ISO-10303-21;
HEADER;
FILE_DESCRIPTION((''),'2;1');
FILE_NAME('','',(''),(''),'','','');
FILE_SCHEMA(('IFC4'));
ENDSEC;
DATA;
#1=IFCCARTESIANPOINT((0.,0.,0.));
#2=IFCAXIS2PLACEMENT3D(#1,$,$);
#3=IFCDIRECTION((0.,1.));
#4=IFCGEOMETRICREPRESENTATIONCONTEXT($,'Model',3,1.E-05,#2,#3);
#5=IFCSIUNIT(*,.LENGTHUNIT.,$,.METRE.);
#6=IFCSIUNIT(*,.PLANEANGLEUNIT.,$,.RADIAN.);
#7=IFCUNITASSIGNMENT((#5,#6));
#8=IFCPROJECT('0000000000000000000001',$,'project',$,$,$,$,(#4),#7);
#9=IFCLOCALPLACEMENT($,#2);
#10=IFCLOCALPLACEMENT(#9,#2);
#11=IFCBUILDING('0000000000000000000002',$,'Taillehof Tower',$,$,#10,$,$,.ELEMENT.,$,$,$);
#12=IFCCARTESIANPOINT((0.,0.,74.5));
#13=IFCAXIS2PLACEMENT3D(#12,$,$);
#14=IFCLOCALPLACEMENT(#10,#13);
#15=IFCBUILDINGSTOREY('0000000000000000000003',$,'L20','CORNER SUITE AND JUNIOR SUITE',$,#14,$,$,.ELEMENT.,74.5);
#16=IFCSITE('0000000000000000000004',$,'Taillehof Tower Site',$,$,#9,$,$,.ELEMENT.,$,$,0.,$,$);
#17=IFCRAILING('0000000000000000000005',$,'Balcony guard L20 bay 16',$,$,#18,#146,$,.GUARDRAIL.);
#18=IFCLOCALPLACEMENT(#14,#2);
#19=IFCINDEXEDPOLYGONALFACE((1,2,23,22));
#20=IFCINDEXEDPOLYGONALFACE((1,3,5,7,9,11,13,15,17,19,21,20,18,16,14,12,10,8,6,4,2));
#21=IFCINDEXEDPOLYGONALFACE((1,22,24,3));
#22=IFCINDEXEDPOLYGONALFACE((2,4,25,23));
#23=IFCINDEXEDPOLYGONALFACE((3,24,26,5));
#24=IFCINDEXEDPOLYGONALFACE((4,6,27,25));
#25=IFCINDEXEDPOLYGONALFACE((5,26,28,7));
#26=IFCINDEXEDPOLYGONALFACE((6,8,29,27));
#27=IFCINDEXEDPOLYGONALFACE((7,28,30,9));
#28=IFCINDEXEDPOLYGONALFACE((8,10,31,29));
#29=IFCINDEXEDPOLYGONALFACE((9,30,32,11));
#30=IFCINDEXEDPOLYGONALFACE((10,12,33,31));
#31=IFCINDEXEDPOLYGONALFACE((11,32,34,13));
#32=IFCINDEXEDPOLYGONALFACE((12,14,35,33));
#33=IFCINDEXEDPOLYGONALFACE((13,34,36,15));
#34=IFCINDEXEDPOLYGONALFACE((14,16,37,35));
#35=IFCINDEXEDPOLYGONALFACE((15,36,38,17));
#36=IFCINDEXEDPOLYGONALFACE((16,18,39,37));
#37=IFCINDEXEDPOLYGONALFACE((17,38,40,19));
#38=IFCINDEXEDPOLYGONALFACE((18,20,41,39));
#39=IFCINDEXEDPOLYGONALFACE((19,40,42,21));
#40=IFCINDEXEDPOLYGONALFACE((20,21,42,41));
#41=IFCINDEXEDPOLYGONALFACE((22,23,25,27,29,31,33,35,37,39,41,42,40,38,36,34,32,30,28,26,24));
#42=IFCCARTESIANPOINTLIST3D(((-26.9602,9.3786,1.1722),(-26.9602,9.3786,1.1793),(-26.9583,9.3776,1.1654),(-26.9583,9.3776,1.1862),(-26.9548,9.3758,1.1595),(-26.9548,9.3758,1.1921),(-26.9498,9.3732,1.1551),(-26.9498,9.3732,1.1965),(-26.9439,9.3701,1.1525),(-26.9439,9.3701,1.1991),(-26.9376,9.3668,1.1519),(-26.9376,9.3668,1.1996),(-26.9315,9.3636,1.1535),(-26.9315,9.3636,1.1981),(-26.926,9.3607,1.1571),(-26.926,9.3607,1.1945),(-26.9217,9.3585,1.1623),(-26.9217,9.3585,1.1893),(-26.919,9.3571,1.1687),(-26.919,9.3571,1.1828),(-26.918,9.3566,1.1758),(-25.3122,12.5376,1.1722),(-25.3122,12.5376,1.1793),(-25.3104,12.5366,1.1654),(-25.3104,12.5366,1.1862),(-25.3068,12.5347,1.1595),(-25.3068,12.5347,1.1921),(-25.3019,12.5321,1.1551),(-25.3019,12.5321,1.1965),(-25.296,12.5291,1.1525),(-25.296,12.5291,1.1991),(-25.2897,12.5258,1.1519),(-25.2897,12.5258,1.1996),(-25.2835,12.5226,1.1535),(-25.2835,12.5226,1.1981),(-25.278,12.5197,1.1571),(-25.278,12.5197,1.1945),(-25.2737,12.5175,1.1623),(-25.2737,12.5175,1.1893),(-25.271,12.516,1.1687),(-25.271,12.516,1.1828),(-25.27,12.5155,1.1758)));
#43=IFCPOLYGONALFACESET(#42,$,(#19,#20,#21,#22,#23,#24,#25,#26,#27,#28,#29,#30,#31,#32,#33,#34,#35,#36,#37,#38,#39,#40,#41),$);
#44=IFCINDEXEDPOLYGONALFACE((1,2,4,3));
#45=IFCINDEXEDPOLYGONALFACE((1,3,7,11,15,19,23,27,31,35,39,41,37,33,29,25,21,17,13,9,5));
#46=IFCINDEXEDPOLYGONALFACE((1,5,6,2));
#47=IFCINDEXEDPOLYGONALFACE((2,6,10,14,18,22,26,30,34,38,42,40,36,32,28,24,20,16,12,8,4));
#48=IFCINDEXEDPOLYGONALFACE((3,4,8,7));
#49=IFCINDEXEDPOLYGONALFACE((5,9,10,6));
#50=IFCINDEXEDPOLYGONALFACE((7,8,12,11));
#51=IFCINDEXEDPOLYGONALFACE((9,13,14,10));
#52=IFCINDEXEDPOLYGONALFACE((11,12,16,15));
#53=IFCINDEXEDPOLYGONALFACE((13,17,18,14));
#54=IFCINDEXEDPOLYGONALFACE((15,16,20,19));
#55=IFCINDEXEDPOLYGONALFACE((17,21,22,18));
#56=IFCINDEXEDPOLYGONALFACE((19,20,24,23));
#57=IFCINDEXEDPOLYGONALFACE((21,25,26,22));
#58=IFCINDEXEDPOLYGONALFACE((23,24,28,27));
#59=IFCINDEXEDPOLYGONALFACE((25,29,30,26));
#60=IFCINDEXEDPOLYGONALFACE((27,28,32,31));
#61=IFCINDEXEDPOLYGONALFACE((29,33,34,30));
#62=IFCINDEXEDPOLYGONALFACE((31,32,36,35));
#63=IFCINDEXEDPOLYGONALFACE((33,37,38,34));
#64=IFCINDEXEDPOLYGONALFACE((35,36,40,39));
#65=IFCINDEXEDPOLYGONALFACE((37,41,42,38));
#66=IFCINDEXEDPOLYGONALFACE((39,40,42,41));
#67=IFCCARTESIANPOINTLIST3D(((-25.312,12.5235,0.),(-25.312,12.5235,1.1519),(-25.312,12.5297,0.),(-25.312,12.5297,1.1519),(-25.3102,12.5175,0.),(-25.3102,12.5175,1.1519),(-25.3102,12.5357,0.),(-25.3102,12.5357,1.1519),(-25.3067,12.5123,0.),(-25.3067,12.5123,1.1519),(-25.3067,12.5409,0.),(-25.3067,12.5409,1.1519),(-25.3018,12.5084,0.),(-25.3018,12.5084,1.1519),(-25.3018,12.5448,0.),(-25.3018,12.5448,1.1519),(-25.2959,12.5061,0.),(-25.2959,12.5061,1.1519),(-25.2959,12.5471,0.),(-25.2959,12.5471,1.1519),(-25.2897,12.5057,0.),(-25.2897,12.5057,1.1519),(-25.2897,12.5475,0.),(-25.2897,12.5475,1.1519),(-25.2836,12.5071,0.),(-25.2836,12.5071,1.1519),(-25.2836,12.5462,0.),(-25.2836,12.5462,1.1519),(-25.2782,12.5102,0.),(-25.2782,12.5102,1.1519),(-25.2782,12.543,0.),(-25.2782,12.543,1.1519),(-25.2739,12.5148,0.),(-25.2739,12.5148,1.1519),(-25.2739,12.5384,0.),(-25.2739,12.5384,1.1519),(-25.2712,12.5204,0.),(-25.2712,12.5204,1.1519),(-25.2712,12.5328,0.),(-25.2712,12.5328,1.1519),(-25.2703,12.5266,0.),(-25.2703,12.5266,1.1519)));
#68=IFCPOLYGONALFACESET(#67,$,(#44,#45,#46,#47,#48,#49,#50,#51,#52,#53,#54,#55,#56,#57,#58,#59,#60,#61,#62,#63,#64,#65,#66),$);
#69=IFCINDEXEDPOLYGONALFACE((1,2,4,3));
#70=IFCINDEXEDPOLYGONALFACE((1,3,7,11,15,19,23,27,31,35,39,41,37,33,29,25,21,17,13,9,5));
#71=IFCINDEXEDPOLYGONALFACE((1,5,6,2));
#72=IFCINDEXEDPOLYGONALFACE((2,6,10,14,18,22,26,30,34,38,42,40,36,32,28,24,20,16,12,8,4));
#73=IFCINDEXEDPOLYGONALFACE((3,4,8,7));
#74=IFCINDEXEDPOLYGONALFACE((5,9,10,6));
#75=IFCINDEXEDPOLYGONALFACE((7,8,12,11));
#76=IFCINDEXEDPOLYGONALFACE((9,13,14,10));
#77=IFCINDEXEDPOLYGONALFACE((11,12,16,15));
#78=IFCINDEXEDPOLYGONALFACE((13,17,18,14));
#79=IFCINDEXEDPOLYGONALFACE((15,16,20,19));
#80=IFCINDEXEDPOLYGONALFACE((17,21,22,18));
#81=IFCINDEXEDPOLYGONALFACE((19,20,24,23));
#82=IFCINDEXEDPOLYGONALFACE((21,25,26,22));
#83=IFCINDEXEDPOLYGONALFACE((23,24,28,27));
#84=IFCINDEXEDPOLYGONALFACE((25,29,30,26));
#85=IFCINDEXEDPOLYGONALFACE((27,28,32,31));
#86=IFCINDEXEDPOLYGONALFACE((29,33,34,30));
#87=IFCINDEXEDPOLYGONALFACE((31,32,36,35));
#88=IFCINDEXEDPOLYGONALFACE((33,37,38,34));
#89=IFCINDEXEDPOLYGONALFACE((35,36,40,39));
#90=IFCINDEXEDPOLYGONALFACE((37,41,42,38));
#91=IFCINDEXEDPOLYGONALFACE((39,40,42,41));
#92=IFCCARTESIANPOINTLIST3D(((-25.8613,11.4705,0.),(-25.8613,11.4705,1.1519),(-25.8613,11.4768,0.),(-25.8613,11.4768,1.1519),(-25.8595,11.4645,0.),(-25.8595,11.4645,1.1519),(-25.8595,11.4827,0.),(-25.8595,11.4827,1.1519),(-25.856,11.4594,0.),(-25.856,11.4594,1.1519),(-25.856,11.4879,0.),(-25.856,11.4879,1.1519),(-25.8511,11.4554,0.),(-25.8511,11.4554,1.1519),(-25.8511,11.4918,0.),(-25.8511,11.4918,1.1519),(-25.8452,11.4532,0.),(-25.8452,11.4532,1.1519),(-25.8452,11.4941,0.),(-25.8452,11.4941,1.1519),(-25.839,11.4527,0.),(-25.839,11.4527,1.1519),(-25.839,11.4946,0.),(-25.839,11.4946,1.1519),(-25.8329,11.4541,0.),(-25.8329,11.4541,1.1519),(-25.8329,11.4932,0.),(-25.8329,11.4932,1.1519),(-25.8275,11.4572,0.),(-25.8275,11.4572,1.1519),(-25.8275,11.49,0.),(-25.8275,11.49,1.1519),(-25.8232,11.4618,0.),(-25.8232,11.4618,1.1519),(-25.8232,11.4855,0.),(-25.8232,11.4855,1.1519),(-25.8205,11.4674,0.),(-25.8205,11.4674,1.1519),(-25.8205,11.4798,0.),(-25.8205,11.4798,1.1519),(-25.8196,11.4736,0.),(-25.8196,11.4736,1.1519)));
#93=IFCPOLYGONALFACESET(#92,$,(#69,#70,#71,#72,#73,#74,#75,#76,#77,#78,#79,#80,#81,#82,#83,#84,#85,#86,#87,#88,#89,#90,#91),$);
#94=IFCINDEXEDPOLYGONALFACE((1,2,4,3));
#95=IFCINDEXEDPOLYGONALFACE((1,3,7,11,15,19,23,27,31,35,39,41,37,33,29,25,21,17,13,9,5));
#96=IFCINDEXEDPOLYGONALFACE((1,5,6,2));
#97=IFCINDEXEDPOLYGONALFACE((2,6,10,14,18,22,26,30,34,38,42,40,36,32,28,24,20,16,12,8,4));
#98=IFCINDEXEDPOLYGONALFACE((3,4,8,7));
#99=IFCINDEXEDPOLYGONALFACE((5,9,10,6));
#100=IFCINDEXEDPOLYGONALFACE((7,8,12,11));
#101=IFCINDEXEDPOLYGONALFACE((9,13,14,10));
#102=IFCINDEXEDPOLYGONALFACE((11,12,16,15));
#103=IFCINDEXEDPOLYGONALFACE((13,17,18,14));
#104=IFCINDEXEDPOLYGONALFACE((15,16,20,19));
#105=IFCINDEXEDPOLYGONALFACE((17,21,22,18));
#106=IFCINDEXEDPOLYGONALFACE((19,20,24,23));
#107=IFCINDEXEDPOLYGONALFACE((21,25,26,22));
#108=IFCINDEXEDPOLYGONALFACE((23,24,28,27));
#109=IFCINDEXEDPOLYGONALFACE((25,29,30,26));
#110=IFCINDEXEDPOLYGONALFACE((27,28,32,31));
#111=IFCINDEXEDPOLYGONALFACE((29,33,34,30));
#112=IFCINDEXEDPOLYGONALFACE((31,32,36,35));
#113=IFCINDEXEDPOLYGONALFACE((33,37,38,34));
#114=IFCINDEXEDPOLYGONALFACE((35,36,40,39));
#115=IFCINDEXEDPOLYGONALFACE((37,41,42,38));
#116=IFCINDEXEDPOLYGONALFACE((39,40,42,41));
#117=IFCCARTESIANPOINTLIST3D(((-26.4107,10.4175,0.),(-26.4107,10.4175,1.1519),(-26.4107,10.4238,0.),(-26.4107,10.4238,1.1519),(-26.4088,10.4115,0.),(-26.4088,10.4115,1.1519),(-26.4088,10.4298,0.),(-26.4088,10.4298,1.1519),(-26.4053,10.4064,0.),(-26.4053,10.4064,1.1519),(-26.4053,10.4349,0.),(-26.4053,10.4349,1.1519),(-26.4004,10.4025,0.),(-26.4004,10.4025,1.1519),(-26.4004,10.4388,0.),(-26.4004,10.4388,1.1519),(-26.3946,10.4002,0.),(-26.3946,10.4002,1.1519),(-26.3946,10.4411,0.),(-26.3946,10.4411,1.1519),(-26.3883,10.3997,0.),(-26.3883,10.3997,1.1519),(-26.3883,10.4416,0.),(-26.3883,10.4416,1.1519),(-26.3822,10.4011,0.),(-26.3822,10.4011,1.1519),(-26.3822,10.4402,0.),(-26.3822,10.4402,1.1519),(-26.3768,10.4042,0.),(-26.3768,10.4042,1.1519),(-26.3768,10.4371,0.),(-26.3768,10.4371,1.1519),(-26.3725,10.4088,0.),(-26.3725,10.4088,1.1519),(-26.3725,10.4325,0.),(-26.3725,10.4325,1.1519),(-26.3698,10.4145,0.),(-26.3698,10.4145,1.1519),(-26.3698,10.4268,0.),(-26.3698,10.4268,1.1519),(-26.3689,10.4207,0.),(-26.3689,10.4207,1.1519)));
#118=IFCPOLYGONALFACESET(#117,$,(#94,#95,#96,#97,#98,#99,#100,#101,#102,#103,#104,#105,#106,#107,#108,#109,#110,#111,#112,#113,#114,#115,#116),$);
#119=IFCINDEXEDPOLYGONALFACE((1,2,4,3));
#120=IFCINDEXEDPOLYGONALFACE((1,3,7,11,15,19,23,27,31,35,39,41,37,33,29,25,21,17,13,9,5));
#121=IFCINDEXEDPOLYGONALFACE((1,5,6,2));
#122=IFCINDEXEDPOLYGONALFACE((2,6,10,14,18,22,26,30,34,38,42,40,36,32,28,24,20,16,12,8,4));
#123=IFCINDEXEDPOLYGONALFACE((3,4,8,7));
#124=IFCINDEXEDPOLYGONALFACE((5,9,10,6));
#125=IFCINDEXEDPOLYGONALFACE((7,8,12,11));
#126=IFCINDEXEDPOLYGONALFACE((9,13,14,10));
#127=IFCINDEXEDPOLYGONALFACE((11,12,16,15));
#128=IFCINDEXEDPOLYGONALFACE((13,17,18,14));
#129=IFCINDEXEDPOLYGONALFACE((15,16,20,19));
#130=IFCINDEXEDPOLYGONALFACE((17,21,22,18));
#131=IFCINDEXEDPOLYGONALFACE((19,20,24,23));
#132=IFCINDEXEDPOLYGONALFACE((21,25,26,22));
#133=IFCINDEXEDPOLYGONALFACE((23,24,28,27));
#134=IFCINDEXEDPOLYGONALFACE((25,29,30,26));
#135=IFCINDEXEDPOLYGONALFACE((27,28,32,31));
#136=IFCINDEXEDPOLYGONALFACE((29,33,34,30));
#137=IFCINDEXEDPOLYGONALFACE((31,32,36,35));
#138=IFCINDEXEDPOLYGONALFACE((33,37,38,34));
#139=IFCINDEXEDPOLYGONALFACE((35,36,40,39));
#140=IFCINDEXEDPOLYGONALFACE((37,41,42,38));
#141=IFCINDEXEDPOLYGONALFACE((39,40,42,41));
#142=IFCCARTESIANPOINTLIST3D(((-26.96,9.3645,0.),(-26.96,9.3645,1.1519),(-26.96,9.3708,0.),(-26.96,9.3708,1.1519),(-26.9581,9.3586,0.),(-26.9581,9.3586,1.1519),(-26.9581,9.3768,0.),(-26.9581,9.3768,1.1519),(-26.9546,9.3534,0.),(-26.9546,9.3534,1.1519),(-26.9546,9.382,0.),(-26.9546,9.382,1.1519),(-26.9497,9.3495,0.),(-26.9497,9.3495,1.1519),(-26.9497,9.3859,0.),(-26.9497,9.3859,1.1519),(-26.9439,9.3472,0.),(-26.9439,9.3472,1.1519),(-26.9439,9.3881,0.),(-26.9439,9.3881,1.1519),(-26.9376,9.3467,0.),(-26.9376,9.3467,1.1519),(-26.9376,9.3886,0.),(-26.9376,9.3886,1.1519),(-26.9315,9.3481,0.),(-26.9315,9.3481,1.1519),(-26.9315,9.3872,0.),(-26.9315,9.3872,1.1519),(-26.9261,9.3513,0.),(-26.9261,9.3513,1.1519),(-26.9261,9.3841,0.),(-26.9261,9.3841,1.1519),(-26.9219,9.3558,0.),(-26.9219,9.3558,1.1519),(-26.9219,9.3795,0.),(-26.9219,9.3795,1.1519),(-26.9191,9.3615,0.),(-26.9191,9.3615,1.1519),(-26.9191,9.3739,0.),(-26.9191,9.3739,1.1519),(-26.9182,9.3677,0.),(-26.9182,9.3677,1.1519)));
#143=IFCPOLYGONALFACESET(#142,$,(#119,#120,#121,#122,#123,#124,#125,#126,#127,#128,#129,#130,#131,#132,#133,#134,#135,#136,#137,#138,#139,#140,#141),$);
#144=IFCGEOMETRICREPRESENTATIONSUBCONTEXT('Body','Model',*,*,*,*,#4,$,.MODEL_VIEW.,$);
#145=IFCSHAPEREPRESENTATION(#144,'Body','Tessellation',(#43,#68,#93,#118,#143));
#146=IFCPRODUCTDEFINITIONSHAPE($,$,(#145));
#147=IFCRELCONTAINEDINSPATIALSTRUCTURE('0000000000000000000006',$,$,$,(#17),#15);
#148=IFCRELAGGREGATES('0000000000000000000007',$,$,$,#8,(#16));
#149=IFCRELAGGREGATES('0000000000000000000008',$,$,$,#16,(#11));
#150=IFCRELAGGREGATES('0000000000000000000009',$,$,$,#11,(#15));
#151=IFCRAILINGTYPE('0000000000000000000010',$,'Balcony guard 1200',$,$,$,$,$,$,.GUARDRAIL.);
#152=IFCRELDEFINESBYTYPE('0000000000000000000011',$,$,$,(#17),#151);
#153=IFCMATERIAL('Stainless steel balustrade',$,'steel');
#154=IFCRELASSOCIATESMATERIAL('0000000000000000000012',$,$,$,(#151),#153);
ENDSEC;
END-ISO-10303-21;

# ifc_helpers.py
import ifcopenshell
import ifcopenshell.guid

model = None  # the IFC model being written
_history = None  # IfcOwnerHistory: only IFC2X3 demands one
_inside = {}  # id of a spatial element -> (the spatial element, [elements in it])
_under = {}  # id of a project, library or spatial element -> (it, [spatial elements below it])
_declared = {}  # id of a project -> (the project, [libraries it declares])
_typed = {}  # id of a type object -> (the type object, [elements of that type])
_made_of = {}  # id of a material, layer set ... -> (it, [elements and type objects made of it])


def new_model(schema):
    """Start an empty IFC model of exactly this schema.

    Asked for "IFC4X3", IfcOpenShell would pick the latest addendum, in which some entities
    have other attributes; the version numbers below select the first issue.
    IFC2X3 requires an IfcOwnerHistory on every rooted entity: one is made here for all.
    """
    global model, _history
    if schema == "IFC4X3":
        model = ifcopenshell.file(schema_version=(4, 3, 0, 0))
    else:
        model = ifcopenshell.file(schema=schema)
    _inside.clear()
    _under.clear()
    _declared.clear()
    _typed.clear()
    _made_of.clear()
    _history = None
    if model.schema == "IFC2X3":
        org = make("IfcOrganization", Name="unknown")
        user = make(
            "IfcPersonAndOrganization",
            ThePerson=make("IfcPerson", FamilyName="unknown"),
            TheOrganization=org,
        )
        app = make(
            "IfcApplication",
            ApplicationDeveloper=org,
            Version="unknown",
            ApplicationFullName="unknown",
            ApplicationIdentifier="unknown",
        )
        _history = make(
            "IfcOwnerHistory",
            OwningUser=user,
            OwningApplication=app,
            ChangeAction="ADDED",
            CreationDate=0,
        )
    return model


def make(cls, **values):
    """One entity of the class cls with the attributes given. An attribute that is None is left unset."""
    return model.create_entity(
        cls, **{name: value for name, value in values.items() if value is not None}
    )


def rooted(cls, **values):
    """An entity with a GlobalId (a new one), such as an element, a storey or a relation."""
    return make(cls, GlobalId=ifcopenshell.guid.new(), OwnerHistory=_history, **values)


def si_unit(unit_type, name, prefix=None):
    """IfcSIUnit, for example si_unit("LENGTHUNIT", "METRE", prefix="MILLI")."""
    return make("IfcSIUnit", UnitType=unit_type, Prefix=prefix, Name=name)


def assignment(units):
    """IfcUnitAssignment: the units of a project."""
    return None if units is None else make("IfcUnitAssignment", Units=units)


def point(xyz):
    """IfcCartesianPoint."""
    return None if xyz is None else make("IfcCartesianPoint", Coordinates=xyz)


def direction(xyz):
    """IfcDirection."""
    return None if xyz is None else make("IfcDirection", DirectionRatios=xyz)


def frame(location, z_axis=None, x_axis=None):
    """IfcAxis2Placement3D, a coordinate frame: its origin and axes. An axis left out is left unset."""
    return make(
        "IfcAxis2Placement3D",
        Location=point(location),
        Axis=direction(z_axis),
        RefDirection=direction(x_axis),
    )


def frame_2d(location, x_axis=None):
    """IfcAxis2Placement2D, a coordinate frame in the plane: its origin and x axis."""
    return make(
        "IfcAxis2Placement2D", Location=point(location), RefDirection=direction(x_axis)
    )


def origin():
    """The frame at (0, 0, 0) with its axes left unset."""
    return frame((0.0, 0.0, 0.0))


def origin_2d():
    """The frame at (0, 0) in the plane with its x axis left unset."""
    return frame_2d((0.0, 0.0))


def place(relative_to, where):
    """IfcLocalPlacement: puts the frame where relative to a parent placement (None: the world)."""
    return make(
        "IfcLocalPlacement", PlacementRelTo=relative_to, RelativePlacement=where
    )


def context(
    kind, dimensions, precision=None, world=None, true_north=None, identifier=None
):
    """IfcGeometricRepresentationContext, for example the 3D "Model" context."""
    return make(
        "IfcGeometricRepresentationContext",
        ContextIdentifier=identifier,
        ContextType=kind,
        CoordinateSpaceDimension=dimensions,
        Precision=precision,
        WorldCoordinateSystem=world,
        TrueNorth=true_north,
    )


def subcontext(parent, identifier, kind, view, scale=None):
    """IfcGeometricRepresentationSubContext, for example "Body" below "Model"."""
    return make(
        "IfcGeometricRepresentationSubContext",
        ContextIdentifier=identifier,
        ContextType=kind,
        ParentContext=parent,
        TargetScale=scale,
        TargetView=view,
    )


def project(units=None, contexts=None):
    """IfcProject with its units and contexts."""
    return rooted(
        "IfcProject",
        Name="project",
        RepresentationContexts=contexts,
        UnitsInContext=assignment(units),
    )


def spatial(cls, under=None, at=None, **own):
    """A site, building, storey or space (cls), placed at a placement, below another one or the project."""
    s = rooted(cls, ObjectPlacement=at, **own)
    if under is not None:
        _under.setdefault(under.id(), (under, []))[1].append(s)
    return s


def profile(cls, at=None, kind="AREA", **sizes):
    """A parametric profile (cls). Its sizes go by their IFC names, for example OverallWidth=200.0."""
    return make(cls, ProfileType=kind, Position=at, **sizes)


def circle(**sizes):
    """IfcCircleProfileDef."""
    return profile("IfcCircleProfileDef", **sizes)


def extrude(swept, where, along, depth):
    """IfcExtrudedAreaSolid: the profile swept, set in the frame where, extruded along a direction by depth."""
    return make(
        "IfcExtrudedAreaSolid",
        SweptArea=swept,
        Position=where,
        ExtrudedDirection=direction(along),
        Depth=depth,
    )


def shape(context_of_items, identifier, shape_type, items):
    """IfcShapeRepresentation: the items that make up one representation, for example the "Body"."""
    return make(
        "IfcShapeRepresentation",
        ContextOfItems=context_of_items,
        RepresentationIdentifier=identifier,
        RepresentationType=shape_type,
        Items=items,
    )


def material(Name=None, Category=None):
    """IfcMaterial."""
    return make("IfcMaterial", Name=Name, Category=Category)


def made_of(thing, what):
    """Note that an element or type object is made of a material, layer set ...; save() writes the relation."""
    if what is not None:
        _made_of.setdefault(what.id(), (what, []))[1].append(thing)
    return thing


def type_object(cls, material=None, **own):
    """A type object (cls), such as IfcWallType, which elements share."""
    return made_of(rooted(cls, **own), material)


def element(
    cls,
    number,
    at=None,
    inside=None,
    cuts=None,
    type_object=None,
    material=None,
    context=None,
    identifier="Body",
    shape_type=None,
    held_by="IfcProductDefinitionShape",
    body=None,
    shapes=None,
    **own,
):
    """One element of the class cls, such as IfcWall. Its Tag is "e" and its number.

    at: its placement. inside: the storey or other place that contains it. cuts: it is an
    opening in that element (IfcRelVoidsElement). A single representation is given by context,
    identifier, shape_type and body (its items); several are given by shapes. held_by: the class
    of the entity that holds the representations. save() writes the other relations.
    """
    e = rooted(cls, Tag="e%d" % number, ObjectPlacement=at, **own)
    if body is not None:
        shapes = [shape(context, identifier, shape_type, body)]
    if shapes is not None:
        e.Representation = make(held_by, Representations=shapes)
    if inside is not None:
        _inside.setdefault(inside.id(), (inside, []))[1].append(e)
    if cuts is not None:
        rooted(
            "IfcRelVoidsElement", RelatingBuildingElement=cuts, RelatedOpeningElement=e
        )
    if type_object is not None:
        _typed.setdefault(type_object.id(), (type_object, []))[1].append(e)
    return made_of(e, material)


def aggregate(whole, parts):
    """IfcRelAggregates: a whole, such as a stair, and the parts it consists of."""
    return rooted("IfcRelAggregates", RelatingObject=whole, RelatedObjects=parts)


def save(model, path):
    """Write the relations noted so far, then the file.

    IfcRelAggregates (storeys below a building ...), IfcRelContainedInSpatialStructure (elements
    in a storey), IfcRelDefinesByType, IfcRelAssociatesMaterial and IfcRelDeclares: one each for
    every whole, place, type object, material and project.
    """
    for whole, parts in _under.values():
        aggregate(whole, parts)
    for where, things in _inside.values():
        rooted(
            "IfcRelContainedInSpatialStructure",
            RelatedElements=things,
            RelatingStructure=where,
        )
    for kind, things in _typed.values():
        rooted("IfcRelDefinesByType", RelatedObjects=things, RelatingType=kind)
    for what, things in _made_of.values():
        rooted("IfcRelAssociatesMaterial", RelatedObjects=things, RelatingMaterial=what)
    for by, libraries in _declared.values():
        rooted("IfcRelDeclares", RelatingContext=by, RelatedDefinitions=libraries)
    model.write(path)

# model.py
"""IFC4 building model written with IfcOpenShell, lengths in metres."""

from ifc_helpers import new_model, si_unit, direction, frame, origin, origin_2d, place, context, subcontext, project, spatial, circle, extrude, material, type_object, element, save


model = new_model("IFC4")

# Units and contexts
model_context = context("Model", 3, precision=1e-05, world=origin(), true_north=direction((0.0, 1.0)))
body_context = subcontext(model_context, "Body", "Model", "MODEL_VIEW")
ifc_project = project(units=[si_unit("LENGTHUNIT", "METRE"), si_unit("PLANEANGLEUNIT", "RADIAN")], contexts=[model_context])

# Site, building, storey
site_placement = place(None, origin())
site = spatial("IfcSite", under=ifc_project, at=site_placement, Name="Taillehof Tower Site", CompositionType="ELEMENT", RefElevation=0.0)
building_placement = place(site_placement, origin())
building = spatial("IfcBuilding", under=site, at=building_placement, Name="Taillehof Tower", CompositionType="ELEMENT")
storey_placement = place(building_placement, frame((0.0, 0.0, 74.5)))
storey = spatial("IfcBuildingStorey", under=building, at=storey_placement, Name="L20", Description="CORNER SUITE AND JUNIOR SUITE", CompositionType="ELEMENT", Elevation=74.5)

# Railing
ifc_material_1 = material(Name="Stainless steel balustrade", Category="steel")
railing_type = type_object("IfcRailingType", Name="Balcony guard 1200", PredefinedType="GUARDRAIL", material=ifc_material_1)
railing_1_placement = place(storey_placement, frame((-25.2913, 12.5266, 0.0)))
element("IfcRailing", 1, at=railing_1_placement, inside=storey, type_object=railing_type, Name="Balcony guard L20 bay 16", PredefinedType="GUARDRAIL", context=body_context, shape_type="SweptSolid", body=[
    extrude(circle(Radius=0.0239, at=origin_2d()), frame((0.0, 0.0, 1.1758), z_axis=(-0.462524, -0.886607, 0.0), x_axis=(0.886607, -0.462524, 0.0)), (0.0, 0.0, 1.0), 3.563),
    extrude(circle(Radius=0.021, at=origin_2d()), origin(), (0.0, 0.0, 1.0), 1.1519),
    extrude(circle(Radius=0.021, at=origin_2d()), frame((-0.5493, -1.053, 0.0)), (0.0, 0.0, 1.0), 1.1519),
    extrude(circle(Radius=0.021, at=origin_2d()), frame((-1.0986, -2.106, 0.0)), (0.0, 0.0, 1.0), 1.1519),
    extrude(circle(Radius=0.021, at=origin_2d()), frame((-1.6479, -3.1589, 0.0)), (0.0, 0.0, 1.0), 1.1519),
])

save(model, "model.ifc")
